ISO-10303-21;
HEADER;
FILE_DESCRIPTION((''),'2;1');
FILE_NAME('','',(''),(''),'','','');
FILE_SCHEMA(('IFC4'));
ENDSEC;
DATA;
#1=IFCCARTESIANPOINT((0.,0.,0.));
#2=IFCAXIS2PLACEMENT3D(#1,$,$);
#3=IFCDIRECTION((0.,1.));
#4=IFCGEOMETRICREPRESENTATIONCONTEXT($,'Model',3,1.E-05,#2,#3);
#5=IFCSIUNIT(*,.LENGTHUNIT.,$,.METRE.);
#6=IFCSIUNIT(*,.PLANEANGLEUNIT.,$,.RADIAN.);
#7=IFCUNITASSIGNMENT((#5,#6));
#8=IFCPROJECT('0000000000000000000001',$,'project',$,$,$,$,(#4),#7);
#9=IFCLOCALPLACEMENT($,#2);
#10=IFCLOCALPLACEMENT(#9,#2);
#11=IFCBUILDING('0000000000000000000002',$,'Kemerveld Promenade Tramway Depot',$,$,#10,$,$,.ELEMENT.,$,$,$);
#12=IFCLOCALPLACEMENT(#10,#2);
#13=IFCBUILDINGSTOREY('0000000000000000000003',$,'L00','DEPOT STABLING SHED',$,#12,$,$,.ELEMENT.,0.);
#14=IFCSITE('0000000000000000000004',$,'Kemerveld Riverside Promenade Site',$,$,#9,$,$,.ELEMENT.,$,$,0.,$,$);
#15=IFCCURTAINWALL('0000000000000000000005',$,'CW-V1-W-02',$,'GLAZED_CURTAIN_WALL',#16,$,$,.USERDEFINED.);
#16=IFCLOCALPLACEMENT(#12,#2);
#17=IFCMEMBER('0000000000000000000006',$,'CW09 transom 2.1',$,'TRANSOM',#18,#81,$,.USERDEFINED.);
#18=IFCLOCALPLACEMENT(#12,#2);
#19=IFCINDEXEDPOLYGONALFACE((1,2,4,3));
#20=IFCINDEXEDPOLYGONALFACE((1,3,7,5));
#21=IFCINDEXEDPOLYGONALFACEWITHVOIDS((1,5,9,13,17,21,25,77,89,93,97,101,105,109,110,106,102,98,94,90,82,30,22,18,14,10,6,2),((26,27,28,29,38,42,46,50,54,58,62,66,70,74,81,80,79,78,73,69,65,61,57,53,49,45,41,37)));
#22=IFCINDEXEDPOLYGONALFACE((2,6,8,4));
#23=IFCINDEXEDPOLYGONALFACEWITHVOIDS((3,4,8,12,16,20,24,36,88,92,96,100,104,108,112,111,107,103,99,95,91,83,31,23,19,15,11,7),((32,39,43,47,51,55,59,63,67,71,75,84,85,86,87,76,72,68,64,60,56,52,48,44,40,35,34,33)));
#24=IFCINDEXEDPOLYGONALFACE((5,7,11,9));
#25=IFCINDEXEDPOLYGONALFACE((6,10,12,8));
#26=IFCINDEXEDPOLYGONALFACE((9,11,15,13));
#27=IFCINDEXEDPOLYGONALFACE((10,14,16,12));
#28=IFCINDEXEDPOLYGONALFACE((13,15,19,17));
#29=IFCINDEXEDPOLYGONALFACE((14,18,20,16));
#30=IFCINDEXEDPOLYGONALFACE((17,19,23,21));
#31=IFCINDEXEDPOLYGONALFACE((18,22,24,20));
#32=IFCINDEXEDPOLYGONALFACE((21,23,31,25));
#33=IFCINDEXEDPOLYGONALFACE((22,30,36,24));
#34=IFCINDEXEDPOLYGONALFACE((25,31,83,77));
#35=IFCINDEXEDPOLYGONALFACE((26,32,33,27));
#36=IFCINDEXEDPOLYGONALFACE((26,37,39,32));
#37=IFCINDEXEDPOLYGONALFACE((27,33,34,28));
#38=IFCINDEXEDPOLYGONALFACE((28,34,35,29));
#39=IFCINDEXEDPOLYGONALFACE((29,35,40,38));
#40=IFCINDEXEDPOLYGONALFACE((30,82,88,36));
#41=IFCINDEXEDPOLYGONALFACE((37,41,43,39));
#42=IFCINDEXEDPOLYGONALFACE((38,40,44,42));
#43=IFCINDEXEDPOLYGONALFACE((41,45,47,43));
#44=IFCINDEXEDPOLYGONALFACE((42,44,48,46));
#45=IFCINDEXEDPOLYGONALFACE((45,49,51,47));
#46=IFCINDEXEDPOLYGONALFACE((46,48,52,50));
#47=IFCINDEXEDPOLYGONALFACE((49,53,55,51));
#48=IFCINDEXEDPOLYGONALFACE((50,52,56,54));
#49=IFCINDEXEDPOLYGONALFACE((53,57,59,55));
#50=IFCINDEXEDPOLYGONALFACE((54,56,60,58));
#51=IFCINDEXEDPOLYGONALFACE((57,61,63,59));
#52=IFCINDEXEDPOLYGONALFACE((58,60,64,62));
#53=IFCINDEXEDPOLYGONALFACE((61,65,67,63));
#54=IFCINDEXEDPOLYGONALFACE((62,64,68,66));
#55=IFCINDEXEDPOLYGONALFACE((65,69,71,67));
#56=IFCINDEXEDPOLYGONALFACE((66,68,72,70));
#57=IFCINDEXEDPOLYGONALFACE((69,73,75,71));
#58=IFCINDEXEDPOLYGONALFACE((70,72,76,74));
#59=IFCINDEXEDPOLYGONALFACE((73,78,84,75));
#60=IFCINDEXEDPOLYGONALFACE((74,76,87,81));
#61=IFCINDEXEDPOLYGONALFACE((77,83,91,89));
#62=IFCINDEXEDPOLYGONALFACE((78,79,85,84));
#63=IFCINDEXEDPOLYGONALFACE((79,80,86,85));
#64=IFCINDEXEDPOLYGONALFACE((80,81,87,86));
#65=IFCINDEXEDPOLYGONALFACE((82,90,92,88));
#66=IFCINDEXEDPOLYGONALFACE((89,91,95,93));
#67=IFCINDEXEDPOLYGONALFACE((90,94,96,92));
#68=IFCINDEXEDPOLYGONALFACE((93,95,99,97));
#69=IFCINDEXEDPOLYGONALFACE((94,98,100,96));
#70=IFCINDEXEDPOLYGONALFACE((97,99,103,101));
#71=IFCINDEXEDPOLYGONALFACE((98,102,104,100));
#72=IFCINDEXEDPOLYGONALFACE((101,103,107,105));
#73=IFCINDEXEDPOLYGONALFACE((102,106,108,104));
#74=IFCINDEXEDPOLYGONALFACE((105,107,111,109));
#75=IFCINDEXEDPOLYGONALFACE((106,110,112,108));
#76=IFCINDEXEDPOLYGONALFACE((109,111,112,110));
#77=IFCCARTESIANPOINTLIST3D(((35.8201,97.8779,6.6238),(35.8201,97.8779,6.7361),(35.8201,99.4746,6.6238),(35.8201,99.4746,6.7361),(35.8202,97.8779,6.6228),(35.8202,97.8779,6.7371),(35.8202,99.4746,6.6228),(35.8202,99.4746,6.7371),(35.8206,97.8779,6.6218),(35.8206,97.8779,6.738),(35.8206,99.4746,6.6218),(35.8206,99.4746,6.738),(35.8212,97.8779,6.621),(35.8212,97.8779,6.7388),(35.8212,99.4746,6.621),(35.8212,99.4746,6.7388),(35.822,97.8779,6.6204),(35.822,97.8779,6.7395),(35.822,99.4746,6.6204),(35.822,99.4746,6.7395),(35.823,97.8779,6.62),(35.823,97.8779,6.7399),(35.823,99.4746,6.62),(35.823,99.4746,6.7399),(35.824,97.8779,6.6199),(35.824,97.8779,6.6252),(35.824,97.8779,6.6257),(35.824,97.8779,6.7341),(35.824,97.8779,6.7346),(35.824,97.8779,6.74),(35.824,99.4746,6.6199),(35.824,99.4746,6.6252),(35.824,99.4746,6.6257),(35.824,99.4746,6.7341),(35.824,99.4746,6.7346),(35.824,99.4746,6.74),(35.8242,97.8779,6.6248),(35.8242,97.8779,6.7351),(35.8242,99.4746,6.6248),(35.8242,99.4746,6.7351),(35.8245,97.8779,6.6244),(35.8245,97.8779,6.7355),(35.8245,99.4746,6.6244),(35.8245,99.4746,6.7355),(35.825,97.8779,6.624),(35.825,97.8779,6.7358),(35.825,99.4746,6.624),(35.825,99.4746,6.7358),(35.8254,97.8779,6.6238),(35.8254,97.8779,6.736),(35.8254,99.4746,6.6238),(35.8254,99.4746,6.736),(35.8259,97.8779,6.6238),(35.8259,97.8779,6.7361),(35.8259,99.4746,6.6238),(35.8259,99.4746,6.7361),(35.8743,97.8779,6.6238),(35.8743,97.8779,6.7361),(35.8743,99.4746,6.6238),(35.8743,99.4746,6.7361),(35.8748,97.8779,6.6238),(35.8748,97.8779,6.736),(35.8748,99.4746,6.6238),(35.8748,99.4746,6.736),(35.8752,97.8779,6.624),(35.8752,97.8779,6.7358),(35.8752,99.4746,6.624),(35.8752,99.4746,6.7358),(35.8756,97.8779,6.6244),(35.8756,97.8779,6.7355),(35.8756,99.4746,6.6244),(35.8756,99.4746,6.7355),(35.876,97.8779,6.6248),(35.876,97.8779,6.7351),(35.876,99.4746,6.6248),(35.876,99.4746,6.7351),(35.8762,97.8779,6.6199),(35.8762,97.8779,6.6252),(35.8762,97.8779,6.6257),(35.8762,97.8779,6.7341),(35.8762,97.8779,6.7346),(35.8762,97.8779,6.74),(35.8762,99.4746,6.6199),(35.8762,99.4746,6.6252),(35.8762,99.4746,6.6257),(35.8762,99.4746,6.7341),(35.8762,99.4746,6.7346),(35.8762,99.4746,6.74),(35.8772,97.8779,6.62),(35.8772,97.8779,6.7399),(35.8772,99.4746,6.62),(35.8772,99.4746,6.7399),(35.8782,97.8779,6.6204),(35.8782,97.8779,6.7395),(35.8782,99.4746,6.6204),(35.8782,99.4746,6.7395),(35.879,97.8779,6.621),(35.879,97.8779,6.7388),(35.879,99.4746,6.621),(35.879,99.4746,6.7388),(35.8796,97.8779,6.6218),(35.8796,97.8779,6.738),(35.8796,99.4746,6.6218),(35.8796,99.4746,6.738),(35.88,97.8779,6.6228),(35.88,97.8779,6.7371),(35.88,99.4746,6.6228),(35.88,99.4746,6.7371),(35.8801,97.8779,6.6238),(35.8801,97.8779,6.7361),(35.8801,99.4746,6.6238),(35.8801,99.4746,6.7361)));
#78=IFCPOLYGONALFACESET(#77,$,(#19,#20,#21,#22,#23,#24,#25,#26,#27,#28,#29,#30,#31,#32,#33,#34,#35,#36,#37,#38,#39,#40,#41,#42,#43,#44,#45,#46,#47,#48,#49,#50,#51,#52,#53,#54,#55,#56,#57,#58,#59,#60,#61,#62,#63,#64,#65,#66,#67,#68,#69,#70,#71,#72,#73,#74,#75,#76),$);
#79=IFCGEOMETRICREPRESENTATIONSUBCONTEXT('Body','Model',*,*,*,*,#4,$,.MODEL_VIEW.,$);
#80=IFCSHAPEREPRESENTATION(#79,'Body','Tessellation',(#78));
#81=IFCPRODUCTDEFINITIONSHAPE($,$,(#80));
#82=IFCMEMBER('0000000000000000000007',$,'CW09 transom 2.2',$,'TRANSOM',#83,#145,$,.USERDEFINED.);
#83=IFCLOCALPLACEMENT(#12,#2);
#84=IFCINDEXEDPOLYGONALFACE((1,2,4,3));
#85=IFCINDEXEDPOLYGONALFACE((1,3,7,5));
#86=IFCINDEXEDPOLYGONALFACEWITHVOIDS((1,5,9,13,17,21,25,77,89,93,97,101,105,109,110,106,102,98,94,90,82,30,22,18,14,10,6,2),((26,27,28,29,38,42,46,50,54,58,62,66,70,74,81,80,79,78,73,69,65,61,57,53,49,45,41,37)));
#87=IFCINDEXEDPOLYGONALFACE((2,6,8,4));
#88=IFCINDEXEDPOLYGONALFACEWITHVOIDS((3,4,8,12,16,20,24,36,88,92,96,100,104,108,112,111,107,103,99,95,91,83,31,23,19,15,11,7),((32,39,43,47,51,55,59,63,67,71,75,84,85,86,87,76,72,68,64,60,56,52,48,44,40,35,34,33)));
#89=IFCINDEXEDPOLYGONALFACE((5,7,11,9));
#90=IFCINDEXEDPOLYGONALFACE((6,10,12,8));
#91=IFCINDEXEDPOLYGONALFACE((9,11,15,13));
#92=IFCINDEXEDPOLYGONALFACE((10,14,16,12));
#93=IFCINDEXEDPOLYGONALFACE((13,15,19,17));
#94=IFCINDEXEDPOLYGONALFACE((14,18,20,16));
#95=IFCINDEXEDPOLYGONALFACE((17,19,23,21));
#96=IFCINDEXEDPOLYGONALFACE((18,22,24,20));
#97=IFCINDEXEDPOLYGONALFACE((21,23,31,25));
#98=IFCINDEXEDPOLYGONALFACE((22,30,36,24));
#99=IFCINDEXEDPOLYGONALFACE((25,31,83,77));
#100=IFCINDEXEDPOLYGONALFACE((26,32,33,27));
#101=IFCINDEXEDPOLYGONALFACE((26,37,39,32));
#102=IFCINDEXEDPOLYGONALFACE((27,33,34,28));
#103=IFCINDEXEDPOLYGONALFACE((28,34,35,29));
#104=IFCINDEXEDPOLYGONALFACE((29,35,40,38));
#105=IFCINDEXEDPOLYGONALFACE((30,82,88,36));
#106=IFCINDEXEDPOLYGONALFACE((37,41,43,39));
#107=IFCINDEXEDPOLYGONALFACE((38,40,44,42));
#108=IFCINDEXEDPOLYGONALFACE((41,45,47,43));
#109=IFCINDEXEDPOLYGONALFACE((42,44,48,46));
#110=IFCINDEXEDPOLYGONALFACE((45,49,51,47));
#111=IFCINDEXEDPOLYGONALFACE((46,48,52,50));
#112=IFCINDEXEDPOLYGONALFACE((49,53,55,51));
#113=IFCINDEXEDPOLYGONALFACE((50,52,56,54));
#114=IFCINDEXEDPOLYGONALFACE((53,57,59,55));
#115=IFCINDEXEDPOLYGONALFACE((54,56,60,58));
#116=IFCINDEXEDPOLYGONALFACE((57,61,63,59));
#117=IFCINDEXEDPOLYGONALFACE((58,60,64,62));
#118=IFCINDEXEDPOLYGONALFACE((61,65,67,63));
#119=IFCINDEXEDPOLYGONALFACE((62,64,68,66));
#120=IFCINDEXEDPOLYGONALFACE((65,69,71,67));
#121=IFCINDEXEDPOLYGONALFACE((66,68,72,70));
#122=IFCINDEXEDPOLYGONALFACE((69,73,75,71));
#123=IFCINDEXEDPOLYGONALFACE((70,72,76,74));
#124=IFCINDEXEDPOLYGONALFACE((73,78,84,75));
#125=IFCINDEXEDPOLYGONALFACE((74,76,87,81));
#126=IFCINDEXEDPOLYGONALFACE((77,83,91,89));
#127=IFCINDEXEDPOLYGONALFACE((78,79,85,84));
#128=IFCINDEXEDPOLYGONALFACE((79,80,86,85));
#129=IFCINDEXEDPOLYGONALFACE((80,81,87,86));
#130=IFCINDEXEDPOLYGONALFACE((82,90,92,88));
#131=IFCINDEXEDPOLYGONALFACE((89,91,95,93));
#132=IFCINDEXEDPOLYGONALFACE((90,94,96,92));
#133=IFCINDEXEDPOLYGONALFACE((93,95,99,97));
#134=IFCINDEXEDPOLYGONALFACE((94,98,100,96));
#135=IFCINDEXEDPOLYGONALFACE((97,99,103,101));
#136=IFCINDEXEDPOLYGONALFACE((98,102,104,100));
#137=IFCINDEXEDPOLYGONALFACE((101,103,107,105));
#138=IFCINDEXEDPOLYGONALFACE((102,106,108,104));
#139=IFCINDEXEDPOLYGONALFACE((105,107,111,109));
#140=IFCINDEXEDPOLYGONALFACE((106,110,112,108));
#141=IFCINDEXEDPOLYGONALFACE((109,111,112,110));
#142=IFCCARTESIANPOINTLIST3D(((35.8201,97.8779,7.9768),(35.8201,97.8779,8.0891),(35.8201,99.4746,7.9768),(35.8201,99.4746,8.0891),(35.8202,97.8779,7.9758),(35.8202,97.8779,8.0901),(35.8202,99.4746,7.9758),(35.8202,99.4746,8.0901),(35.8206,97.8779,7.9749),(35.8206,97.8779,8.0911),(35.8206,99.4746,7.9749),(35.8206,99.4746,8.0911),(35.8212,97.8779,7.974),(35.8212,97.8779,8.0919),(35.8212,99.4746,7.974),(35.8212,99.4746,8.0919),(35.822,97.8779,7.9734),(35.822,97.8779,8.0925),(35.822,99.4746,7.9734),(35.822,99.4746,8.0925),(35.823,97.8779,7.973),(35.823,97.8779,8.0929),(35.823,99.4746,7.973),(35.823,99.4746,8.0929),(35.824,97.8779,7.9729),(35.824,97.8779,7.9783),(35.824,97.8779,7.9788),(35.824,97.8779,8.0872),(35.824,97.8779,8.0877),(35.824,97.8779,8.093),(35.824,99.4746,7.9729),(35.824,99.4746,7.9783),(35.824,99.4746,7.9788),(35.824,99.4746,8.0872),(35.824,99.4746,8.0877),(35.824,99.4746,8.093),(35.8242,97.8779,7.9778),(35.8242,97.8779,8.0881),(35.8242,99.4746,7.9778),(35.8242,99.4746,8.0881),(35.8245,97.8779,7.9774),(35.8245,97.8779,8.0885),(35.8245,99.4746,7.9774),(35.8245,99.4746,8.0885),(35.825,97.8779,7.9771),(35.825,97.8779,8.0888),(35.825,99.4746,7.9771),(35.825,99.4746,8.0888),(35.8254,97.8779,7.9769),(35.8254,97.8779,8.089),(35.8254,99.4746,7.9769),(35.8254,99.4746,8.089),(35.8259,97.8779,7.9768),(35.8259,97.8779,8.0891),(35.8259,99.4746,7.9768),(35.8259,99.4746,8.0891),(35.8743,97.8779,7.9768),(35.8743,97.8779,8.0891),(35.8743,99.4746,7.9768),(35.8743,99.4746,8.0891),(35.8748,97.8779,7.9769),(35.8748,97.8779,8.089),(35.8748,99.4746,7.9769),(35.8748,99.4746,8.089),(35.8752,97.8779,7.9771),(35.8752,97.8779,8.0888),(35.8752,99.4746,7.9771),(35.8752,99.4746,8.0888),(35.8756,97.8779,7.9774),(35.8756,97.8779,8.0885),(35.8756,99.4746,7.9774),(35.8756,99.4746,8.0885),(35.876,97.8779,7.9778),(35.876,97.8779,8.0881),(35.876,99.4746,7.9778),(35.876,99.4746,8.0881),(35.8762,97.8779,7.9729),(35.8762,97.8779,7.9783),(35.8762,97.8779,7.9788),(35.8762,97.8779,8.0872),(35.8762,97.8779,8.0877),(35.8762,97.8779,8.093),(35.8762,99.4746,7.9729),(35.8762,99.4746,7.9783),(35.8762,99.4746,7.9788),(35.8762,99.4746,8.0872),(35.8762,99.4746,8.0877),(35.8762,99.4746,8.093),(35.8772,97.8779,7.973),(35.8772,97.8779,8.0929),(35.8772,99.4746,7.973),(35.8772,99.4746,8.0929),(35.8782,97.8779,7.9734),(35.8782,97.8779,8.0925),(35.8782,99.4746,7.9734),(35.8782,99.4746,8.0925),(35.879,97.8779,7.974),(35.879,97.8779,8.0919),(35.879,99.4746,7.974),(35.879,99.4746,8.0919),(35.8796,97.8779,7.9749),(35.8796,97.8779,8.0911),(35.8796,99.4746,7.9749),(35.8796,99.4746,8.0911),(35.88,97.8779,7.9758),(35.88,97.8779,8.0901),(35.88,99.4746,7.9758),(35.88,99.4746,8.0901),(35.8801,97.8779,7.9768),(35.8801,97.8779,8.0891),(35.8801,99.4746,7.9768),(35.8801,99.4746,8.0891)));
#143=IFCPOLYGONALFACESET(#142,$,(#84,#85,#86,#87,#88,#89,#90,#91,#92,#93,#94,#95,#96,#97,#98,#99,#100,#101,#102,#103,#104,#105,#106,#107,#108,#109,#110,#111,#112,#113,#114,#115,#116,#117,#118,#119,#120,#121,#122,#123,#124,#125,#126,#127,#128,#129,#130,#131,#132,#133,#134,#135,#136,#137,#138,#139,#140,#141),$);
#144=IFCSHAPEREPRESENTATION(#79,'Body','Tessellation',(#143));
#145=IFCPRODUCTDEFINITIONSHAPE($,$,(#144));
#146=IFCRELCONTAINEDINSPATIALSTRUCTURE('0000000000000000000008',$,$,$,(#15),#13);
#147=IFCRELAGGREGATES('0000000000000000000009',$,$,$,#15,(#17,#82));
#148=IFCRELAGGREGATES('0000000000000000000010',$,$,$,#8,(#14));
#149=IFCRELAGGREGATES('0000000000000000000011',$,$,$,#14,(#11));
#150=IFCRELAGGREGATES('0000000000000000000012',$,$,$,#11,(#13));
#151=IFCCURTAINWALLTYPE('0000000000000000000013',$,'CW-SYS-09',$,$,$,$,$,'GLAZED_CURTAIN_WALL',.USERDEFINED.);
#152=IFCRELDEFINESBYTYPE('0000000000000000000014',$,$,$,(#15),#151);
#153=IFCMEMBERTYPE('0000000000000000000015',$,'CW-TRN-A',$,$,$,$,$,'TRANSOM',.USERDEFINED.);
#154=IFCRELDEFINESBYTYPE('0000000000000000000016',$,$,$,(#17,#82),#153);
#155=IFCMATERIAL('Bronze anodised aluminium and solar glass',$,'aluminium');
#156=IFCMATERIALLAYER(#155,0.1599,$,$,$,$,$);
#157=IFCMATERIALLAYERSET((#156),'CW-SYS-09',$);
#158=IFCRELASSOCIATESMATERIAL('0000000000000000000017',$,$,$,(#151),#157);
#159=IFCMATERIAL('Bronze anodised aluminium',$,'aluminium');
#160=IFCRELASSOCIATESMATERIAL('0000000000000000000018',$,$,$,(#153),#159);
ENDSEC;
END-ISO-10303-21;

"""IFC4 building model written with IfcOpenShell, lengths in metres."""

from ifc_helpers import new_model, si_unit, direction, frame, origin, origin_2d, place, context, subcontext, project, spatial, hollow_rectangle, extrude, material, layer, layer_set, material_profile, profile_set, type_object, element, aggregate, save


model = new_model("IFC4")

# Units and contexts
model_context = context("Model", 3, precision=1e-05, world=origin(), true_north=direction((0.0, 1.0)))
body_context = subcontext(model_context, "Body", "Model", "MODEL_VIEW")
ifc_project = project(units=[si_unit("LENGTHUNIT", "METRE"), si_unit("PLANEANGLEUNIT", "RADIAN")], contexts=[model_context])

# Site, building, storey
site_placement = place(None, origin())
site = spatial("IfcSite", under=ifc_project, at=site_placement, Name="Kemerveld Riverside Promenade Site", CompositionType="ELEMENT", RefElevation=0.0)
building_placement = place(site_placement, origin())
building = spatial("IfcBuilding", under=site, at=building_placement, Name="Kemerveld Promenade Tramway Depot", CompositionType="ELEMENT")
storey_placement = place(building_placement, origin())
storey = spatial("IfcBuildingStorey", under=building, at=storey_placement, Name="L00", Description="DEPOT STABLING SHED", CompositionType="ELEMENT", Elevation=0.0)

# Curtain wall
ifc_material_1 = material(Name="Bronze anodised aluminium and solar glass", Category="aluminium")
ifc_layer_1 = layer(ifc_material_1, 0.1599)
ifc_layer_set_1 = layer_set([ifc_layer_1], Name="CW-SYS-09")
curtain_wall_type_1 = type_object("IfcCurtainWallType", Name="CW-SYS-09", ElementType="GLAZED_CURTAIN_WALL", PredefinedType="USERDEFINED", material=ifc_layer_set_1)
curtain_wall_1_placement = place(storey_placement, origin())
curtain_wall_1 = element("IfcCurtainWall", 1, at=curtain_wall_1_placement, inside=storey, type_object=curtain_wall_type_1, Name="CW-V1-W-02", ObjectType="GLAZED_CURTAIN_WALL", PredefinedType="USERDEFINED")
ifc_material_2 = material(Name="Bronze anodised aluminium", Category="aluminium")

# Members
ifc_material_profile_1 = material_profile(ifc_material_2, hollow_rectangle(XDim=0.0601, YDim=0.1201, WallThickness=0.0039, InnerFilletRadius=0.002, OuterFilletRadius=0.0039, at=origin_2d()), Name="CW-TRN-120x60")
ifc_profile_set_1 = profile_set([ifc_material_profile_1], Name="Bronze anodised aluminium")
member_type_1 = type_object("IfcMemberType", Name="CW-TRN-A", ElementType="TRANSOM", PredefinedType="USERDEFINED", material=ifc_profile_set_1)
member_1_placement = place(storey_placement, frame((35.8501, 97.8779, 6.6799), z_axis=(0.0, 1.0, 0.0), x_axis=(-1.0, 0.0, 0.0)))
member_1 = element("IfcMember", 2, at=member_1_placement, type_object=member_type_1, Name="CW09 transom 2.1", ObjectType="TRANSOM", PredefinedType="USERDEFINED", context=body_context, shape_type="SweptSolid", body=[
    extrude(hollow_rectangle(XDim=0.0601, YDim=0.1201, WallThickness=0.0039, InnerFilletRadius=0.002, OuterFilletRadius=0.0039, at=origin_2d()), origin(), (0.0, 0.0, 1.0), 1.5967),
])
member_2_placement = place(storey_placement, frame((35.8501, 97.8779, 8.033), z_axis=(0.0, 1.0, 0.0), x_axis=(-1.0, 0.0, 0.0)))
member_2 = element("IfcMember", 3, at=member_2_placement, type_object=member_type_1, Name="CW09 transom 2.2", ObjectType="TRANSOM", PredefinedType="USERDEFINED", context=body_context, shape_type="SweptSolid", body=[
    extrude(hollow_rectangle(XDim=0.0601, YDim=0.1201, WallThickness=0.0039, InnerFilletRadius=0.002, OuterFilletRadius=0.0039, at=origin_2d()), origin(), (0.0, 0.0, 1.0), 1.5967),
])

aggregate(curtain_wall_1, [member_1, member_2])

save(model, "model.ifc")
